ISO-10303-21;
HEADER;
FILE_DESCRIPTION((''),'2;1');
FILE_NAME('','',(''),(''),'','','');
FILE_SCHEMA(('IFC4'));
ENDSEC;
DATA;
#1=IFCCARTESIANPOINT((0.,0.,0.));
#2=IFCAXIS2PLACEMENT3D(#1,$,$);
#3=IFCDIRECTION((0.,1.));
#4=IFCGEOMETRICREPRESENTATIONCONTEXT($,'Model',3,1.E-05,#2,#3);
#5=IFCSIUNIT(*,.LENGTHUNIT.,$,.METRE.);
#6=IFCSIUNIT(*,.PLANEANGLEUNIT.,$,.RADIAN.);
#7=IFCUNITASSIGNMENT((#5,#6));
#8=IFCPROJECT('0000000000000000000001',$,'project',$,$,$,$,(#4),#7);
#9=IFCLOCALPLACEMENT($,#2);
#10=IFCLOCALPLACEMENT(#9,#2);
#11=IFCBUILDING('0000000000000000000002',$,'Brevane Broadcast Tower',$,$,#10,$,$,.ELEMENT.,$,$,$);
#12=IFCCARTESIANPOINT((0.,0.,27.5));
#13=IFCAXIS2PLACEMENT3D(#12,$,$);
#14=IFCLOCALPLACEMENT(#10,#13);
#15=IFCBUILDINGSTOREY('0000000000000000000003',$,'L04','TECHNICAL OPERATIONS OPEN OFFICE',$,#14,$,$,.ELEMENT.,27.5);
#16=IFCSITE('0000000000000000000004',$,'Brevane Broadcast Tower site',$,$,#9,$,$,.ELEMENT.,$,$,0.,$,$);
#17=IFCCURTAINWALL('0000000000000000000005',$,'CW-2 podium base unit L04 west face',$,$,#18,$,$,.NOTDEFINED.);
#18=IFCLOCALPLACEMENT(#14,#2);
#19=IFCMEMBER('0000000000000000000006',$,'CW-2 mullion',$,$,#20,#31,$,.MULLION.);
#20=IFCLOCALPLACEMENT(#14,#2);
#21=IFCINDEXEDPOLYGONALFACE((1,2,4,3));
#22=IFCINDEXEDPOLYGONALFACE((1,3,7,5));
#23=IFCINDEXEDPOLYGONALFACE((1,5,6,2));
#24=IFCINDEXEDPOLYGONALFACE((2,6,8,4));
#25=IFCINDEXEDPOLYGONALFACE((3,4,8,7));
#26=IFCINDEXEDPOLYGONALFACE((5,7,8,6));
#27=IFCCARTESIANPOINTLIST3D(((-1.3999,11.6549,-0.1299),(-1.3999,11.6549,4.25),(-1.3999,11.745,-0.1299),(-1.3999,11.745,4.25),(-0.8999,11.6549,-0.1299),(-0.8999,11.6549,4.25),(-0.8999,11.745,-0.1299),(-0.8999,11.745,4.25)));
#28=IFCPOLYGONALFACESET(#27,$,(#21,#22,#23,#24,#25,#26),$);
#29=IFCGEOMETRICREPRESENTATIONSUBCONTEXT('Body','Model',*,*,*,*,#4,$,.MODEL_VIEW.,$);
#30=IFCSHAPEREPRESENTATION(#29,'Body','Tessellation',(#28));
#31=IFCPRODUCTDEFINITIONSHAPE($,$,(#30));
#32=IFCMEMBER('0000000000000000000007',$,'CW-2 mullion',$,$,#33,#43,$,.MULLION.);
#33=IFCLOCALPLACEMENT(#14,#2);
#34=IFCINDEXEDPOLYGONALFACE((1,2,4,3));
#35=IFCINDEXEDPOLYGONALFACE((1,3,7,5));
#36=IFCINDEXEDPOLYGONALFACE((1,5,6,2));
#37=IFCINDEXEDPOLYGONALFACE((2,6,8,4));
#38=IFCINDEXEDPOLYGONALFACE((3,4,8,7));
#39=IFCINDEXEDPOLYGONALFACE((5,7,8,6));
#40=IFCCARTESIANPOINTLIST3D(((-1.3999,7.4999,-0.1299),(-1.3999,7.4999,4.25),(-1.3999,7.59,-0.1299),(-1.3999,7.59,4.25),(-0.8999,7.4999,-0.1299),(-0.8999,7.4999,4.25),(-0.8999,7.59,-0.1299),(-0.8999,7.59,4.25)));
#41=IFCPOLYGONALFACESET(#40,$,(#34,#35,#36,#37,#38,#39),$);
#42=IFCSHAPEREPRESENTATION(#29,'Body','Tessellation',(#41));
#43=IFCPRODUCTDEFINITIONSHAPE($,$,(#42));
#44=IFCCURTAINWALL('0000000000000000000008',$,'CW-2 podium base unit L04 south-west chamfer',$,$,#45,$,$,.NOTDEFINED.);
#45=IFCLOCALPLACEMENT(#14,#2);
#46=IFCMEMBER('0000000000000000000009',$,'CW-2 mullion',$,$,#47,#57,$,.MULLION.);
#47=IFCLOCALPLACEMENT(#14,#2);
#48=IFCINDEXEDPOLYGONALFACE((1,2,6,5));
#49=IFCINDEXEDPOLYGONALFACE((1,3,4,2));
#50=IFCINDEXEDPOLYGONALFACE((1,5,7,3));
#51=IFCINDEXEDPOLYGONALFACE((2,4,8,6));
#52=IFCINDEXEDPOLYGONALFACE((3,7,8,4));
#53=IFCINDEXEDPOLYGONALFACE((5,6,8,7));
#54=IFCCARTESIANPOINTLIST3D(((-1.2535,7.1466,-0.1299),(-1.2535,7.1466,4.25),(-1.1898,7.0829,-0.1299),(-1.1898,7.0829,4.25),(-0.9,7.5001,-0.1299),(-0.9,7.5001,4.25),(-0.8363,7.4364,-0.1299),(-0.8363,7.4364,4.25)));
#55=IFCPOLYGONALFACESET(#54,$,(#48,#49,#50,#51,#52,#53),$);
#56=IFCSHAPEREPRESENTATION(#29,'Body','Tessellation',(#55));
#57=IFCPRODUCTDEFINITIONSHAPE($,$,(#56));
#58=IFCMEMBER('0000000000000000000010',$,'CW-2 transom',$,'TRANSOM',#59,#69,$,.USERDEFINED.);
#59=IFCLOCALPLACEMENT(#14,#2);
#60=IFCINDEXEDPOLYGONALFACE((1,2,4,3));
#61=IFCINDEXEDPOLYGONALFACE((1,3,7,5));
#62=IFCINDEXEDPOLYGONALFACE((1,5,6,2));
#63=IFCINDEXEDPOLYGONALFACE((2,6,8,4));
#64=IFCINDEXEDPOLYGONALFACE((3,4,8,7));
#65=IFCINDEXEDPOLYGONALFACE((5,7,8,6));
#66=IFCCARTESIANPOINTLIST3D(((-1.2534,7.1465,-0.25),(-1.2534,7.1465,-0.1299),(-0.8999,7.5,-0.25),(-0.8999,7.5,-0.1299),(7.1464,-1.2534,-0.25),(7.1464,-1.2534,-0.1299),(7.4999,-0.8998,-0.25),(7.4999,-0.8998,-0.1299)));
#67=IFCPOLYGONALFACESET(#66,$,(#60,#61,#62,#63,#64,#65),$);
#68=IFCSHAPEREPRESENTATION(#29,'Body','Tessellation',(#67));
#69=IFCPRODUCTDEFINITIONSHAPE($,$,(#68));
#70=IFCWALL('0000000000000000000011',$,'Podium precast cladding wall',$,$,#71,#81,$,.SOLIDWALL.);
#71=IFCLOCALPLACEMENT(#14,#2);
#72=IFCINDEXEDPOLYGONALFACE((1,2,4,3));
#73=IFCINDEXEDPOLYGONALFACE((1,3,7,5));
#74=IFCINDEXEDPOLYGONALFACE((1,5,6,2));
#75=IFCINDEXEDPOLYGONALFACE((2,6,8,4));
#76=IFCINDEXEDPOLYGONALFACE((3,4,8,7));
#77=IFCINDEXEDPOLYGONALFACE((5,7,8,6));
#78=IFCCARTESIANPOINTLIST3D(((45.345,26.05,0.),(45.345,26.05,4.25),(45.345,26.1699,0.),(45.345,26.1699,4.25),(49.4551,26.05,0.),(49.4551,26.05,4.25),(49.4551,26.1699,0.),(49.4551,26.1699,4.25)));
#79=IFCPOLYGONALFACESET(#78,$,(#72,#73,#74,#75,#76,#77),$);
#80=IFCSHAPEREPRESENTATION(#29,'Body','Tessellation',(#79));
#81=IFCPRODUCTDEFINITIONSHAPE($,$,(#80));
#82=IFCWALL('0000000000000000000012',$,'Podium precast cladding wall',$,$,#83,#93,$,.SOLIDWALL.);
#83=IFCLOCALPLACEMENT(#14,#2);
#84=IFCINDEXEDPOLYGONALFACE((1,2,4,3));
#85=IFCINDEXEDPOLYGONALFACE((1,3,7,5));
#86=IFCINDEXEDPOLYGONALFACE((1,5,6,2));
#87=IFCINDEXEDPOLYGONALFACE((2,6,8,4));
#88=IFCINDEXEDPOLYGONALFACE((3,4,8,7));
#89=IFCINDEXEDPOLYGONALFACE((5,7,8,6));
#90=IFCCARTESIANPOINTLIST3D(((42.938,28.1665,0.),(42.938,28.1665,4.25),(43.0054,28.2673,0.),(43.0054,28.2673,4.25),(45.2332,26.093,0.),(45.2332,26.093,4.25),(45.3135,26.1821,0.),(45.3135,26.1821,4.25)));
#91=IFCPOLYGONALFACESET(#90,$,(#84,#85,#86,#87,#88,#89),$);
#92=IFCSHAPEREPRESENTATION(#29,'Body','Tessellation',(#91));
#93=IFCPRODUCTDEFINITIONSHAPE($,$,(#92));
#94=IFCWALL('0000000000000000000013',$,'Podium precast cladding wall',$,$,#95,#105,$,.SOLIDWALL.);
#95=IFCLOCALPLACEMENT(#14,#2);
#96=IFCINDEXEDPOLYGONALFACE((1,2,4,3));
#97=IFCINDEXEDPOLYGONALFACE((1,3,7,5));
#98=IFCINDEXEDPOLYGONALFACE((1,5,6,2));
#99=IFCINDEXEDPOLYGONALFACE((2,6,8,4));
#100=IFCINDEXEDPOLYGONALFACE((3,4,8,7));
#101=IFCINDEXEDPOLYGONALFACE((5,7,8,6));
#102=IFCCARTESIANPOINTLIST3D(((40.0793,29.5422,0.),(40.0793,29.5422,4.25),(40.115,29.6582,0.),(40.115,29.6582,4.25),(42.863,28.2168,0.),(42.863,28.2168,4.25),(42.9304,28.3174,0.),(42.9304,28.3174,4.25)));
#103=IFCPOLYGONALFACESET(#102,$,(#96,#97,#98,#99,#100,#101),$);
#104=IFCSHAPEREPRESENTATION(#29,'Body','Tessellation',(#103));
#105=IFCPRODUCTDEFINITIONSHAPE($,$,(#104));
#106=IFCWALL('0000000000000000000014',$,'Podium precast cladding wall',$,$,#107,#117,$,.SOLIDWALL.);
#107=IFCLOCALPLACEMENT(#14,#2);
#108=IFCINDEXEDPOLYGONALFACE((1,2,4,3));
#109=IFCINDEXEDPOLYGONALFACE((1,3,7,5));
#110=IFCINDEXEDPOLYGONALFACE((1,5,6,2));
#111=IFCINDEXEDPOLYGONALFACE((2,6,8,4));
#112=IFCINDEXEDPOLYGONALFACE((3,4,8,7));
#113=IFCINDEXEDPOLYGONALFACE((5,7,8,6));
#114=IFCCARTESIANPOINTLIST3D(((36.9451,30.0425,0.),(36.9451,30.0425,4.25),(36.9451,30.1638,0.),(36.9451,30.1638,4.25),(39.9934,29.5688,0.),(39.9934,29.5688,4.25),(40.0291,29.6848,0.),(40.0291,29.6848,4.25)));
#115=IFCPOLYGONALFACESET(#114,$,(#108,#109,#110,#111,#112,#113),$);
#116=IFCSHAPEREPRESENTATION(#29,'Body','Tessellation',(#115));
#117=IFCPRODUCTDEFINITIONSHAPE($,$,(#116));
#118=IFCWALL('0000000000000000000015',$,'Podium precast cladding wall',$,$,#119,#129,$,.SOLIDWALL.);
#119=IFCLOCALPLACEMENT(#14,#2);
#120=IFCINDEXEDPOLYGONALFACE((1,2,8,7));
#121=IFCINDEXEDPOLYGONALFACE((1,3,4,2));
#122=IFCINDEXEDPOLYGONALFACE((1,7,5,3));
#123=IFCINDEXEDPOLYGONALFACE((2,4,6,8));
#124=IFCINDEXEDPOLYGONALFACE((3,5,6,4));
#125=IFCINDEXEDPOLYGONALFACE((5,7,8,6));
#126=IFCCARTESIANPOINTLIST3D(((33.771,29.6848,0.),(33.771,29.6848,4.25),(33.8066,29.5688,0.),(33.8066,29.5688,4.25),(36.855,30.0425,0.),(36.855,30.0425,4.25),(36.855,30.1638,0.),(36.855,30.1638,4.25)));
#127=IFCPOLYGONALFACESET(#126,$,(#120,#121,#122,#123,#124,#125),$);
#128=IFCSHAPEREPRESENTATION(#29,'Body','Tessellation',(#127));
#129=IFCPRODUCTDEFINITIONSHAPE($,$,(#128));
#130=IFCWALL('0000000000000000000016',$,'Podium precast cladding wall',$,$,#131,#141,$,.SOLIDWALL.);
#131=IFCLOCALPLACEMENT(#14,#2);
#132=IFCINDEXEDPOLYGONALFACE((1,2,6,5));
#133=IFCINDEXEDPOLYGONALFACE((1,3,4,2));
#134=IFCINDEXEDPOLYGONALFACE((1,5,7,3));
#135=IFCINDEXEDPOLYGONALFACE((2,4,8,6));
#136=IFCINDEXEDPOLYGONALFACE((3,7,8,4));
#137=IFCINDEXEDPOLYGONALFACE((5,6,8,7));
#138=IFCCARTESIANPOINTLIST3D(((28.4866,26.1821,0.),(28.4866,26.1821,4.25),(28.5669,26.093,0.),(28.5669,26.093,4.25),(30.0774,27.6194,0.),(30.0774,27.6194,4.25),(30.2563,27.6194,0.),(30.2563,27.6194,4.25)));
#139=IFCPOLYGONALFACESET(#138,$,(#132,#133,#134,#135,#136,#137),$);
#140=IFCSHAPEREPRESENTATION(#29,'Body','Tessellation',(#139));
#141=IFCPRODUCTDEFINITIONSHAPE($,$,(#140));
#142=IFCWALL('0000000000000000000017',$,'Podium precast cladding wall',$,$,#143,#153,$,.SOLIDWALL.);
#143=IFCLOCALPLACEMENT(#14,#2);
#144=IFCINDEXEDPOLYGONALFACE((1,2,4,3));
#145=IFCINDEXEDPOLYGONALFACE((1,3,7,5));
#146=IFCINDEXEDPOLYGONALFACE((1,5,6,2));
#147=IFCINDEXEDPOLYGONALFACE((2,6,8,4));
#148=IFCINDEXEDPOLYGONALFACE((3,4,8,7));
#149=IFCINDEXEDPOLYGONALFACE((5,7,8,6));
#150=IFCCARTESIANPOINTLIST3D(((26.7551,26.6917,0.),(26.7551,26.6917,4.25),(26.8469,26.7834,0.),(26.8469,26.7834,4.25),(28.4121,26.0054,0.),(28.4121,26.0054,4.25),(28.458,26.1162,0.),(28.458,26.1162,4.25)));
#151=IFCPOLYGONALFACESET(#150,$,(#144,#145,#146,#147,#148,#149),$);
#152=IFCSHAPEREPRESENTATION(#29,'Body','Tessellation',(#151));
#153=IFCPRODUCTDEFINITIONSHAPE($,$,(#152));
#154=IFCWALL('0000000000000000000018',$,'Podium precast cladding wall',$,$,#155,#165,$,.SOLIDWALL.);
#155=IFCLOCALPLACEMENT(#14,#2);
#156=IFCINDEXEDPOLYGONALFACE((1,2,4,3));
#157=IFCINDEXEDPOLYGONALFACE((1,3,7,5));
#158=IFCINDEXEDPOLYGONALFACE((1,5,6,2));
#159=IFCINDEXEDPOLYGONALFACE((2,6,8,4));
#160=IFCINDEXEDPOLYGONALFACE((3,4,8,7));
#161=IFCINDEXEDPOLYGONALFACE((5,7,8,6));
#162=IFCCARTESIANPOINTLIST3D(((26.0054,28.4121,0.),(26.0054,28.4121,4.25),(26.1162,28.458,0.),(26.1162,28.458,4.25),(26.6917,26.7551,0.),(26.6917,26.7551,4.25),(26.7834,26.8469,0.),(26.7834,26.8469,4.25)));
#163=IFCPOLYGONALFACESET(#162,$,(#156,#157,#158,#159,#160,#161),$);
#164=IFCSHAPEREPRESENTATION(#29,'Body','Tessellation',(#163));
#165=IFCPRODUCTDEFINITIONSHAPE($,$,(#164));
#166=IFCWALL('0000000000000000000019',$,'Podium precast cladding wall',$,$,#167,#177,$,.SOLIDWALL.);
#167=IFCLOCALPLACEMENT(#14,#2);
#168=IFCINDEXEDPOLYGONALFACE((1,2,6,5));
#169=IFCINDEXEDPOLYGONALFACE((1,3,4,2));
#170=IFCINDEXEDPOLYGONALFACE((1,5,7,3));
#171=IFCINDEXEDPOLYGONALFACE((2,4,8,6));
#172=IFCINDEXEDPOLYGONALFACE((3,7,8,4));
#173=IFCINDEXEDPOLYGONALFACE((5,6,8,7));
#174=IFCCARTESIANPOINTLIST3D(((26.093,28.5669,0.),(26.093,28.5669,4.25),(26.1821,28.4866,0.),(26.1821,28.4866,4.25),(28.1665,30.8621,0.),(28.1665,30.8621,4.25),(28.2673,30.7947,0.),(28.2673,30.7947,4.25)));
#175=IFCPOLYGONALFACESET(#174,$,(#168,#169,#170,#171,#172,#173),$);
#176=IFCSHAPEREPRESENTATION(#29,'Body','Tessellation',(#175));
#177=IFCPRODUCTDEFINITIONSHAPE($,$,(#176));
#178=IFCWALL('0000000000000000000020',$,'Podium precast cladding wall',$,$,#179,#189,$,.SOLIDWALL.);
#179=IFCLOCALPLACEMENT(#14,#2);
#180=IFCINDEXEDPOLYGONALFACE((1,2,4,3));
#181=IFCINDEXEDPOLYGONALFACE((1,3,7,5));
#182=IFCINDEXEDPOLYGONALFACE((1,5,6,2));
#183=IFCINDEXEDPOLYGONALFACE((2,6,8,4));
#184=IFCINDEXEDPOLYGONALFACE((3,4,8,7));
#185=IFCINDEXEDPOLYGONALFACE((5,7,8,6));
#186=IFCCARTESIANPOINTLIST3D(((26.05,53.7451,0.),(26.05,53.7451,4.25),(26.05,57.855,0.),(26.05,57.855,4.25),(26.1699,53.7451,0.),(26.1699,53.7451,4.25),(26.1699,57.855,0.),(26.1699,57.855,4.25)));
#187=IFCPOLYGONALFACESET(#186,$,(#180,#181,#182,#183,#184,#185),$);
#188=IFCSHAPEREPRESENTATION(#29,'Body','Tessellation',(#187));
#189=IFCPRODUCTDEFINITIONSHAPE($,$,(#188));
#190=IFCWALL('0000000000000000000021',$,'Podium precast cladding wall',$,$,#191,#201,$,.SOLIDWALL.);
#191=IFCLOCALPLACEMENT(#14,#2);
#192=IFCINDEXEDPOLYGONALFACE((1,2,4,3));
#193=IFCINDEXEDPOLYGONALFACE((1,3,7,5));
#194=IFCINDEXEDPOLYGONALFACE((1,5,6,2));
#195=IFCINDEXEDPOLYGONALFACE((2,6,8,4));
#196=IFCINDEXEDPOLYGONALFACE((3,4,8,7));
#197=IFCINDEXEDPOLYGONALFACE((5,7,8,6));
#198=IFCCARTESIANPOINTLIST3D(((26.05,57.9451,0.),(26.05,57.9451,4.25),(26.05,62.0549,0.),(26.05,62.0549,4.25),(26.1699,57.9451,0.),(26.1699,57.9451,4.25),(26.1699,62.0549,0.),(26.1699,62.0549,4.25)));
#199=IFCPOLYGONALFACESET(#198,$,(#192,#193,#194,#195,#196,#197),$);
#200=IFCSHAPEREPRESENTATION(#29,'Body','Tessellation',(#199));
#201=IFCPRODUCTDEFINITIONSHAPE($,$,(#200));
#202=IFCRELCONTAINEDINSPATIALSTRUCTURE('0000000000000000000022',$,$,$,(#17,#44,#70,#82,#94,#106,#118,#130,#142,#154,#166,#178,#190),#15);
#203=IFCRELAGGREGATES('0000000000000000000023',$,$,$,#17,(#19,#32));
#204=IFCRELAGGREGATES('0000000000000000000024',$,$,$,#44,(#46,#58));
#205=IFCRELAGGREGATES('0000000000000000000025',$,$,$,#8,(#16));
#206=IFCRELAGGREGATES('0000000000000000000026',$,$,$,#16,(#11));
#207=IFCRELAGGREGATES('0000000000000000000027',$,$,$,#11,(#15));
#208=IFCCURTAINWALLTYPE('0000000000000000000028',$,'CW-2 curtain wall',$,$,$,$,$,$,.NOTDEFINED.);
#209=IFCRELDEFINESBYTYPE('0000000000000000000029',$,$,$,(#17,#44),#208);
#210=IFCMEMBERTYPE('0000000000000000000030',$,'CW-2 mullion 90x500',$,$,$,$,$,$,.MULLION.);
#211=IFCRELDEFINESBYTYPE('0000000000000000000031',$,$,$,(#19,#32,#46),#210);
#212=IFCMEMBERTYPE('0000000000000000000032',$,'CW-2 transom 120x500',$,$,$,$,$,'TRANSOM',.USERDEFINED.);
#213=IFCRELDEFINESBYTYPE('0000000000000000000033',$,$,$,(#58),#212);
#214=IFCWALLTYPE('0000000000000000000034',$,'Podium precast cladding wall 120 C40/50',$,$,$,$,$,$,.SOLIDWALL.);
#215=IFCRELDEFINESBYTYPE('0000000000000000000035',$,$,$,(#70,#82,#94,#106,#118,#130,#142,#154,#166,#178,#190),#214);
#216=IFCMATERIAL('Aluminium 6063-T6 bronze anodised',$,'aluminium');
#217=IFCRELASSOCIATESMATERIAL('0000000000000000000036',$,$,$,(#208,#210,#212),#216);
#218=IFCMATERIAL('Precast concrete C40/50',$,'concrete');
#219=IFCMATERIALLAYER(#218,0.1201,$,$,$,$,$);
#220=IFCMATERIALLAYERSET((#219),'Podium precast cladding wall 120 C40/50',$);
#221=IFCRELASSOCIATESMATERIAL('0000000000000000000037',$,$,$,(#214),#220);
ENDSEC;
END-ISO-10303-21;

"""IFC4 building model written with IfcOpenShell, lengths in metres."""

from ifc_helpers import new_model, si_unit, direction, frame, origin, origin_2d, place, context, subcontext, project, spatial, polyline, rectangle, outline, extrude, material, layer, layer_set, material_profile, profile_set, type_object, element, aggregate, save


model = new_model("IFC4")

# Units and contexts
model_context = context("Model", 3, precision=1e-05, world=origin(), true_north=direction((0.0, 1.0)))
body_context = subcontext(model_context, "Body", "Model", "MODEL_VIEW")
ifc_project = project(units=[si_unit("LENGTHUNIT", "METRE"), si_unit("PLANEANGLEUNIT", "RADIAN")], contexts=[model_context])

# Site, building, storey
site_placement = place(None, origin())
site = spatial("IfcSite", under=ifc_project, at=site_placement, Name="Brevane Broadcast Tower site", CompositionType="ELEMENT", RefElevation=0.0)
building_placement = place(site_placement, origin())
building = spatial("IfcBuilding", under=site, at=building_placement, Name="Brevane Broadcast Tower", CompositionType="ELEMENT")
storey_placement = place(building_placement, frame((0.0, 0.0, 27.5)))
storey = spatial("IfcBuildingStorey", under=building, at=storey_placement, Name="L04", Description="TECHNICAL OPERATIONS OPEN OFFICE", CompositionType="ELEMENT", Elevation=27.5)

# Curtain walls, members
ifc_material_1 = material(Name="Aluminium 6063-T6 bronze anodised", Category="aluminium")
curtain_wall_type = type_object("IfcCurtainWallType", Name="CW-2 curtain wall", PredefinedType="NOTDEFINED", material=ifc_material_1)
curtain_wall_1_placement = place(storey_placement, origin())
curtain_wall_1 = element("IfcCurtainWall", 1, at=curtain_wall_1_placement, inside=storey, type_object=curtain_wall_type, Name="CW-2 podium base unit L04 west face", PredefinedType="NOTDEFINED")
ifc_material_profile_1 = material_profile(ifc_material_1, rectangle(XDim=0.5, YDim=0.0901, at=origin_2d()), Name="RECT 90x500")
ifc_profile_set_1 = profile_set([ifc_material_profile_1], Name="Aluminium 6063-T6 bronze anodised")
member_type_1 = type_object("IfcMemberType", Name="CW-2 mullion 90x500", PredefinedType="MULLION", material=ifc_profile_set_1)
member_1_placement = place(storey_placement, frame((-1.1499, 11.7, -0.1299), z_axis=(0.0, 0.0, 1.0), x_axis=(1.0, 0.0, 0.0)))
member_1 = element("IfcMember", 2, at=member_1_placement, type_object=member_type_1, Name="CW-2 mullion", PredefinedType="MULLION", context=body_context, shape_type="SweptSolid", body=[
    extrude(rectangle(XDim=0.5, YDim=0.0901, at=origin_2d()), origin(), (0.0, 0.0, 1.0), 4.3799),
])
member_2_placement = place(storey_placement, frame((-1.1499, 7.5449, -0.1299), z_axis=(0.0, 0.0, 1.0), x_axis=(1.0, 0.0, 0.0)))
member_2 = element("IfcMember", 3, at=member_2_placement, type_object=member_type_1, Name="CW-2 mullion", PredefinedType="MULLION", context=body_context, shape_type="SweptSolid", body=[
    extrude(rectangle(XDim=0.5, YDim=0.0901, at=origin_2d()), origin(), (0.0, 0.0, 1.0), 4.3799),
])
aggregate(curtain_wall_1, [member_1, member_2])
curtain_wall_2_placement = place(storey_placement, origin())
curtain_wall_2 = element("IfcCurtainWall", 4, at=curtain_wall_2_placement, inside=storey, type_object=curtain_wall_type, Name="CW-2 podium base unit L04 south-west chamfer", PredefinedType="NOTDEFINED")
member_3_placement = place(storey_placement, frame((-1.0449, 7.2915, -0.1299), z_axis=(0.0, 0.0, 1.0), x_axis=(0.707107, 0.707107, 0.0)))
member_3 = element("IfcMember", 5, at=member_3_placement, type_object=member_type_1, Name="CW-2 mullion", PredefinedType="MULLION", context=body_context, shape_type="SweptSolid", body=[
    extrude(rectangle(XDim=0.5, YDim=0.0901, at=origin_2d()), origin(), (0.0, 0.0, 1.0), 4.3799),
])
ifc_material_profile_2 = material_profile(ifc_material_1, rectangle(XDim=0.5, YDim=0.1201, at=origin_2d()), Name="RECT 120x500")
ifc_profile_set_2 = profile_set([ifc_material_profile_2], Name="Aluminium 6063-T6 bronze anodised")
member_type_2 = type_object("IfcMemberType", Name="CW-2 transom 120x500", ElementType="TRANSOM", PredefinedType="USERDEFINED", material=ifc_profile_set_2)
member_4_placement = place(storey_placement, frame((-1.0767, 7.3232, -0.1899), z_axis=(0.707107, -0.707107, 0.0), x_axis=(0.707107, 0.707107, 0.0)))
member_4 = element("IfcMember", 6, at=member_4_placement, type_object=member_type_2, Name="CW-2 transom", ObjectType="TRANSOM", PredefinedType="USERDEFINED", context=body_context, shape_type="SweptSolid", body=[
    extrude(rectangle(XDim=0.5, YDim=0.1201, at=origin_2d()), origin(), (0.0, 0.0, 1.0), 11.8792),
])
aggregate(curtain_wall_2, [member_3, member_4])

# Walls
ifc_material_2 = material(Name="Precast concrete C40/50", Category="concrete")
ifc_layer = layer(ifc_material_2, 0.1201)
ifc_layer_set = layer_set([ifc_layer], Name="Podium precast cladding wall 120 C40/50")
wall_type = type_object("IfcWallType", Name="Podium precast cladding wall 120 C40/50", PredefinedType="SOLIDWALL", material=ifc_layer_set)
wall_1_placement = place(storey_placement, origin())
element("IfcWall", 7, at=wall_1_placement, inside=storey, type_object=wall_type, Name="Podium precast cladding wall", PredefinedType="SOLIDWALL", context=body_context, shape_type="SweptSolid", body=[
    extrude(outline(polyline([(45.345, 26.1699), (45.345, 26.05), (49.4551, 26.05), (49.4551, 26.1699), (45.345, 26.1699)])), origin(), (0.0, 0.0, 1.0), 4.25),
])
wall_2_placement = place(storey_placement, origin())
element("IfcWall", 8, at=wall_2_placement, inside=storey, type_object=wall_type, Name="Podium precast cladding wall", PredefinedType="SOLIDWALL", context=body_context, shape_type="SweptSolid", body=[
    extrude(outline(polyline([(45.2332, 26.093), (45.3135, 26.1821), (43.0054, 28.2673), (42.938, 28.1665), (45.2332, 26.093)])), origin(), (0.0, 0.0, 1.0), 4.25),
])
wall_3_placement = place(storey_placement, origin())
element("IfcWall", 9, at=wall_3_placement, inside=storey, type_object=wall_type, Name="Podium precast cladding wall", PredefinedType="SOLIDWALL", context=body_context, shape_type="SweptSolid", body=[
    extrude(outline(polyline([(42.863, 28.2168), (42.9304, 28.3174), (40.115, 29.6582), (40.0793, 29.5422), (42.863, 28.2168)])), origin(), (0.0, 0.0, 1.0), 4.25),
])
wall_4_placement = place(storey_placement, origin())
element("IfcWall", 10, at=wall_4_placement, inside=storey, type_object=wall_type, Name="Podium precast cladding wall", PredefinedType="SOLIDWALL", context=body_context, shape_type="SweptSolid", body=[
    extrude(outline(polyline([(39.9934, 29.5688), (40.0291, 29.6848), (36.9451, 30.1638), (36.9451, 30.0425), (39.9934, 29.5688)])), origin(), (0.0, 0.0, 1.0), 4.25),
])
wall_5_placement = place(storey_placement, origin())
element("IfcWall", 11, at=wall_5_placement, inside=storey, type_object=wall_type, Name="Podium precast cladding wall", PredefinedType="SOLIDWALL", context=body_context, shape_type="SweptSolid", body=[
    extrude(outline(polyline([(36.855, 30.0425), (36.855, 30.1638), (33.771, 29.6848), (33.8066, 29.5688), (36.855, 30.0425)])), origin(), (0.0, 0.0, 1.0), 4.25),
])
wall_6_placement = place(storey_placement, origin())
element("IfcWall", 12, at=wall_6_placement, inside=storey, type_object=wall_type, Name="Podium precast cladding wall", PredefinedType="SOLIDWALL", context=body_context, shape_type="SweptSolid", body=[
    extrude(outline(polyline([(30.2563, 27.6194), (30.0774, 27.6194), (28.4866, 26.1821), (28.5669, 26.093), (30.2563, 27.6194)])), origin(), (0.0, 0.0, 1.0), 4.25),
])
wall_7_placement = place(storey_placement, origin())
element("IfcWall", 13, at=wall_7_placement, inside=storey, type_object=wall_type, Name="Podium precast cladding wall", PredefinedType="SOLIDWALL", context=body_context, shape_type="SweptSolid", body=[
    extrude(outline(polyline([(28.4121, 26.0054), (28.458, 26.1162), (26.8469, 26.7834), (26.7551, 26.6917), (28.4121, 26.0054)])), origin(), (0.0, 0.0, 1.0), 4.25),
])
wall_8_placement = place(storey_placement, origin())
element("IfcWall", 14, at=wall_8_placement, inside=storey, type_object=wall_type, Name="Podium precast cladding wall", PredefinedType="SOLIDWALL", context=body_context, shape_type="SweptSolid", body=[
    extrude(outline(polyline([(26.6917, 26.7551), (26.7834, 26.8469), (26.1162, 28.458), (26.0054, 28.4121), (26.6917, 26.7551)])), origin(), (0.0, 0.0, 1.0), 4.25),
])
wall_9_placement = place(storey_placement, origin())
element("IfcWall", 15, at=wall_9_placement, inside=storey, type_object=wall_type, Name="Podium precast cladding wall", PredefinedType="SOLIDWALL", context=body_context, shape_type="SweptSolid", body=[
    extrude(outline(polyline([(26.093, 28.5669), (26.1821, 28.4866), (28.2673, 30.7947), (28.1665, 30.8621), (26.093, 28.5669)])), origin(), (0.0, 0.0, 1.0), 4.25),
])
wall_10_placement = place(storey_placement, origin())
element("IfcWall", 16, at=wall_10_placement, inside=storey, type_object=wall_type, Name="Podium precast cladding wall", PredefinedType="SOLIDWALL", context=body_context, shape_type="SweptSolid", body=[
    extrude(outline(polyline([(26.1699, 57.855), (26.05, 57.855), (26.05, 53.7451), (26.1699, 53.7451), (26.1699, 57.855)])), origin(), (0.0, 0.0, 1.0), 4.25),
])
wall_11_placement = place(storey_placement, origin())
element("IfcWall", 17, at=wall_11_placement, inside=storey, type_object=wall_type, Name="Podium precast cladding wall", PredefinedType="SOLIDWALL", context=body_context, shape_type="SweptSolid", body=[
    extrude(outline(polyline([(26.1699, 62.0549), (26.05, 62.0549), (26.05, 57.9451), (26.1699, 57.9451), (26.1699, 62.0549)])), origin(), (0.0, 0.0, 1.0), 4.25),
])

save(model, "model.ifc")
